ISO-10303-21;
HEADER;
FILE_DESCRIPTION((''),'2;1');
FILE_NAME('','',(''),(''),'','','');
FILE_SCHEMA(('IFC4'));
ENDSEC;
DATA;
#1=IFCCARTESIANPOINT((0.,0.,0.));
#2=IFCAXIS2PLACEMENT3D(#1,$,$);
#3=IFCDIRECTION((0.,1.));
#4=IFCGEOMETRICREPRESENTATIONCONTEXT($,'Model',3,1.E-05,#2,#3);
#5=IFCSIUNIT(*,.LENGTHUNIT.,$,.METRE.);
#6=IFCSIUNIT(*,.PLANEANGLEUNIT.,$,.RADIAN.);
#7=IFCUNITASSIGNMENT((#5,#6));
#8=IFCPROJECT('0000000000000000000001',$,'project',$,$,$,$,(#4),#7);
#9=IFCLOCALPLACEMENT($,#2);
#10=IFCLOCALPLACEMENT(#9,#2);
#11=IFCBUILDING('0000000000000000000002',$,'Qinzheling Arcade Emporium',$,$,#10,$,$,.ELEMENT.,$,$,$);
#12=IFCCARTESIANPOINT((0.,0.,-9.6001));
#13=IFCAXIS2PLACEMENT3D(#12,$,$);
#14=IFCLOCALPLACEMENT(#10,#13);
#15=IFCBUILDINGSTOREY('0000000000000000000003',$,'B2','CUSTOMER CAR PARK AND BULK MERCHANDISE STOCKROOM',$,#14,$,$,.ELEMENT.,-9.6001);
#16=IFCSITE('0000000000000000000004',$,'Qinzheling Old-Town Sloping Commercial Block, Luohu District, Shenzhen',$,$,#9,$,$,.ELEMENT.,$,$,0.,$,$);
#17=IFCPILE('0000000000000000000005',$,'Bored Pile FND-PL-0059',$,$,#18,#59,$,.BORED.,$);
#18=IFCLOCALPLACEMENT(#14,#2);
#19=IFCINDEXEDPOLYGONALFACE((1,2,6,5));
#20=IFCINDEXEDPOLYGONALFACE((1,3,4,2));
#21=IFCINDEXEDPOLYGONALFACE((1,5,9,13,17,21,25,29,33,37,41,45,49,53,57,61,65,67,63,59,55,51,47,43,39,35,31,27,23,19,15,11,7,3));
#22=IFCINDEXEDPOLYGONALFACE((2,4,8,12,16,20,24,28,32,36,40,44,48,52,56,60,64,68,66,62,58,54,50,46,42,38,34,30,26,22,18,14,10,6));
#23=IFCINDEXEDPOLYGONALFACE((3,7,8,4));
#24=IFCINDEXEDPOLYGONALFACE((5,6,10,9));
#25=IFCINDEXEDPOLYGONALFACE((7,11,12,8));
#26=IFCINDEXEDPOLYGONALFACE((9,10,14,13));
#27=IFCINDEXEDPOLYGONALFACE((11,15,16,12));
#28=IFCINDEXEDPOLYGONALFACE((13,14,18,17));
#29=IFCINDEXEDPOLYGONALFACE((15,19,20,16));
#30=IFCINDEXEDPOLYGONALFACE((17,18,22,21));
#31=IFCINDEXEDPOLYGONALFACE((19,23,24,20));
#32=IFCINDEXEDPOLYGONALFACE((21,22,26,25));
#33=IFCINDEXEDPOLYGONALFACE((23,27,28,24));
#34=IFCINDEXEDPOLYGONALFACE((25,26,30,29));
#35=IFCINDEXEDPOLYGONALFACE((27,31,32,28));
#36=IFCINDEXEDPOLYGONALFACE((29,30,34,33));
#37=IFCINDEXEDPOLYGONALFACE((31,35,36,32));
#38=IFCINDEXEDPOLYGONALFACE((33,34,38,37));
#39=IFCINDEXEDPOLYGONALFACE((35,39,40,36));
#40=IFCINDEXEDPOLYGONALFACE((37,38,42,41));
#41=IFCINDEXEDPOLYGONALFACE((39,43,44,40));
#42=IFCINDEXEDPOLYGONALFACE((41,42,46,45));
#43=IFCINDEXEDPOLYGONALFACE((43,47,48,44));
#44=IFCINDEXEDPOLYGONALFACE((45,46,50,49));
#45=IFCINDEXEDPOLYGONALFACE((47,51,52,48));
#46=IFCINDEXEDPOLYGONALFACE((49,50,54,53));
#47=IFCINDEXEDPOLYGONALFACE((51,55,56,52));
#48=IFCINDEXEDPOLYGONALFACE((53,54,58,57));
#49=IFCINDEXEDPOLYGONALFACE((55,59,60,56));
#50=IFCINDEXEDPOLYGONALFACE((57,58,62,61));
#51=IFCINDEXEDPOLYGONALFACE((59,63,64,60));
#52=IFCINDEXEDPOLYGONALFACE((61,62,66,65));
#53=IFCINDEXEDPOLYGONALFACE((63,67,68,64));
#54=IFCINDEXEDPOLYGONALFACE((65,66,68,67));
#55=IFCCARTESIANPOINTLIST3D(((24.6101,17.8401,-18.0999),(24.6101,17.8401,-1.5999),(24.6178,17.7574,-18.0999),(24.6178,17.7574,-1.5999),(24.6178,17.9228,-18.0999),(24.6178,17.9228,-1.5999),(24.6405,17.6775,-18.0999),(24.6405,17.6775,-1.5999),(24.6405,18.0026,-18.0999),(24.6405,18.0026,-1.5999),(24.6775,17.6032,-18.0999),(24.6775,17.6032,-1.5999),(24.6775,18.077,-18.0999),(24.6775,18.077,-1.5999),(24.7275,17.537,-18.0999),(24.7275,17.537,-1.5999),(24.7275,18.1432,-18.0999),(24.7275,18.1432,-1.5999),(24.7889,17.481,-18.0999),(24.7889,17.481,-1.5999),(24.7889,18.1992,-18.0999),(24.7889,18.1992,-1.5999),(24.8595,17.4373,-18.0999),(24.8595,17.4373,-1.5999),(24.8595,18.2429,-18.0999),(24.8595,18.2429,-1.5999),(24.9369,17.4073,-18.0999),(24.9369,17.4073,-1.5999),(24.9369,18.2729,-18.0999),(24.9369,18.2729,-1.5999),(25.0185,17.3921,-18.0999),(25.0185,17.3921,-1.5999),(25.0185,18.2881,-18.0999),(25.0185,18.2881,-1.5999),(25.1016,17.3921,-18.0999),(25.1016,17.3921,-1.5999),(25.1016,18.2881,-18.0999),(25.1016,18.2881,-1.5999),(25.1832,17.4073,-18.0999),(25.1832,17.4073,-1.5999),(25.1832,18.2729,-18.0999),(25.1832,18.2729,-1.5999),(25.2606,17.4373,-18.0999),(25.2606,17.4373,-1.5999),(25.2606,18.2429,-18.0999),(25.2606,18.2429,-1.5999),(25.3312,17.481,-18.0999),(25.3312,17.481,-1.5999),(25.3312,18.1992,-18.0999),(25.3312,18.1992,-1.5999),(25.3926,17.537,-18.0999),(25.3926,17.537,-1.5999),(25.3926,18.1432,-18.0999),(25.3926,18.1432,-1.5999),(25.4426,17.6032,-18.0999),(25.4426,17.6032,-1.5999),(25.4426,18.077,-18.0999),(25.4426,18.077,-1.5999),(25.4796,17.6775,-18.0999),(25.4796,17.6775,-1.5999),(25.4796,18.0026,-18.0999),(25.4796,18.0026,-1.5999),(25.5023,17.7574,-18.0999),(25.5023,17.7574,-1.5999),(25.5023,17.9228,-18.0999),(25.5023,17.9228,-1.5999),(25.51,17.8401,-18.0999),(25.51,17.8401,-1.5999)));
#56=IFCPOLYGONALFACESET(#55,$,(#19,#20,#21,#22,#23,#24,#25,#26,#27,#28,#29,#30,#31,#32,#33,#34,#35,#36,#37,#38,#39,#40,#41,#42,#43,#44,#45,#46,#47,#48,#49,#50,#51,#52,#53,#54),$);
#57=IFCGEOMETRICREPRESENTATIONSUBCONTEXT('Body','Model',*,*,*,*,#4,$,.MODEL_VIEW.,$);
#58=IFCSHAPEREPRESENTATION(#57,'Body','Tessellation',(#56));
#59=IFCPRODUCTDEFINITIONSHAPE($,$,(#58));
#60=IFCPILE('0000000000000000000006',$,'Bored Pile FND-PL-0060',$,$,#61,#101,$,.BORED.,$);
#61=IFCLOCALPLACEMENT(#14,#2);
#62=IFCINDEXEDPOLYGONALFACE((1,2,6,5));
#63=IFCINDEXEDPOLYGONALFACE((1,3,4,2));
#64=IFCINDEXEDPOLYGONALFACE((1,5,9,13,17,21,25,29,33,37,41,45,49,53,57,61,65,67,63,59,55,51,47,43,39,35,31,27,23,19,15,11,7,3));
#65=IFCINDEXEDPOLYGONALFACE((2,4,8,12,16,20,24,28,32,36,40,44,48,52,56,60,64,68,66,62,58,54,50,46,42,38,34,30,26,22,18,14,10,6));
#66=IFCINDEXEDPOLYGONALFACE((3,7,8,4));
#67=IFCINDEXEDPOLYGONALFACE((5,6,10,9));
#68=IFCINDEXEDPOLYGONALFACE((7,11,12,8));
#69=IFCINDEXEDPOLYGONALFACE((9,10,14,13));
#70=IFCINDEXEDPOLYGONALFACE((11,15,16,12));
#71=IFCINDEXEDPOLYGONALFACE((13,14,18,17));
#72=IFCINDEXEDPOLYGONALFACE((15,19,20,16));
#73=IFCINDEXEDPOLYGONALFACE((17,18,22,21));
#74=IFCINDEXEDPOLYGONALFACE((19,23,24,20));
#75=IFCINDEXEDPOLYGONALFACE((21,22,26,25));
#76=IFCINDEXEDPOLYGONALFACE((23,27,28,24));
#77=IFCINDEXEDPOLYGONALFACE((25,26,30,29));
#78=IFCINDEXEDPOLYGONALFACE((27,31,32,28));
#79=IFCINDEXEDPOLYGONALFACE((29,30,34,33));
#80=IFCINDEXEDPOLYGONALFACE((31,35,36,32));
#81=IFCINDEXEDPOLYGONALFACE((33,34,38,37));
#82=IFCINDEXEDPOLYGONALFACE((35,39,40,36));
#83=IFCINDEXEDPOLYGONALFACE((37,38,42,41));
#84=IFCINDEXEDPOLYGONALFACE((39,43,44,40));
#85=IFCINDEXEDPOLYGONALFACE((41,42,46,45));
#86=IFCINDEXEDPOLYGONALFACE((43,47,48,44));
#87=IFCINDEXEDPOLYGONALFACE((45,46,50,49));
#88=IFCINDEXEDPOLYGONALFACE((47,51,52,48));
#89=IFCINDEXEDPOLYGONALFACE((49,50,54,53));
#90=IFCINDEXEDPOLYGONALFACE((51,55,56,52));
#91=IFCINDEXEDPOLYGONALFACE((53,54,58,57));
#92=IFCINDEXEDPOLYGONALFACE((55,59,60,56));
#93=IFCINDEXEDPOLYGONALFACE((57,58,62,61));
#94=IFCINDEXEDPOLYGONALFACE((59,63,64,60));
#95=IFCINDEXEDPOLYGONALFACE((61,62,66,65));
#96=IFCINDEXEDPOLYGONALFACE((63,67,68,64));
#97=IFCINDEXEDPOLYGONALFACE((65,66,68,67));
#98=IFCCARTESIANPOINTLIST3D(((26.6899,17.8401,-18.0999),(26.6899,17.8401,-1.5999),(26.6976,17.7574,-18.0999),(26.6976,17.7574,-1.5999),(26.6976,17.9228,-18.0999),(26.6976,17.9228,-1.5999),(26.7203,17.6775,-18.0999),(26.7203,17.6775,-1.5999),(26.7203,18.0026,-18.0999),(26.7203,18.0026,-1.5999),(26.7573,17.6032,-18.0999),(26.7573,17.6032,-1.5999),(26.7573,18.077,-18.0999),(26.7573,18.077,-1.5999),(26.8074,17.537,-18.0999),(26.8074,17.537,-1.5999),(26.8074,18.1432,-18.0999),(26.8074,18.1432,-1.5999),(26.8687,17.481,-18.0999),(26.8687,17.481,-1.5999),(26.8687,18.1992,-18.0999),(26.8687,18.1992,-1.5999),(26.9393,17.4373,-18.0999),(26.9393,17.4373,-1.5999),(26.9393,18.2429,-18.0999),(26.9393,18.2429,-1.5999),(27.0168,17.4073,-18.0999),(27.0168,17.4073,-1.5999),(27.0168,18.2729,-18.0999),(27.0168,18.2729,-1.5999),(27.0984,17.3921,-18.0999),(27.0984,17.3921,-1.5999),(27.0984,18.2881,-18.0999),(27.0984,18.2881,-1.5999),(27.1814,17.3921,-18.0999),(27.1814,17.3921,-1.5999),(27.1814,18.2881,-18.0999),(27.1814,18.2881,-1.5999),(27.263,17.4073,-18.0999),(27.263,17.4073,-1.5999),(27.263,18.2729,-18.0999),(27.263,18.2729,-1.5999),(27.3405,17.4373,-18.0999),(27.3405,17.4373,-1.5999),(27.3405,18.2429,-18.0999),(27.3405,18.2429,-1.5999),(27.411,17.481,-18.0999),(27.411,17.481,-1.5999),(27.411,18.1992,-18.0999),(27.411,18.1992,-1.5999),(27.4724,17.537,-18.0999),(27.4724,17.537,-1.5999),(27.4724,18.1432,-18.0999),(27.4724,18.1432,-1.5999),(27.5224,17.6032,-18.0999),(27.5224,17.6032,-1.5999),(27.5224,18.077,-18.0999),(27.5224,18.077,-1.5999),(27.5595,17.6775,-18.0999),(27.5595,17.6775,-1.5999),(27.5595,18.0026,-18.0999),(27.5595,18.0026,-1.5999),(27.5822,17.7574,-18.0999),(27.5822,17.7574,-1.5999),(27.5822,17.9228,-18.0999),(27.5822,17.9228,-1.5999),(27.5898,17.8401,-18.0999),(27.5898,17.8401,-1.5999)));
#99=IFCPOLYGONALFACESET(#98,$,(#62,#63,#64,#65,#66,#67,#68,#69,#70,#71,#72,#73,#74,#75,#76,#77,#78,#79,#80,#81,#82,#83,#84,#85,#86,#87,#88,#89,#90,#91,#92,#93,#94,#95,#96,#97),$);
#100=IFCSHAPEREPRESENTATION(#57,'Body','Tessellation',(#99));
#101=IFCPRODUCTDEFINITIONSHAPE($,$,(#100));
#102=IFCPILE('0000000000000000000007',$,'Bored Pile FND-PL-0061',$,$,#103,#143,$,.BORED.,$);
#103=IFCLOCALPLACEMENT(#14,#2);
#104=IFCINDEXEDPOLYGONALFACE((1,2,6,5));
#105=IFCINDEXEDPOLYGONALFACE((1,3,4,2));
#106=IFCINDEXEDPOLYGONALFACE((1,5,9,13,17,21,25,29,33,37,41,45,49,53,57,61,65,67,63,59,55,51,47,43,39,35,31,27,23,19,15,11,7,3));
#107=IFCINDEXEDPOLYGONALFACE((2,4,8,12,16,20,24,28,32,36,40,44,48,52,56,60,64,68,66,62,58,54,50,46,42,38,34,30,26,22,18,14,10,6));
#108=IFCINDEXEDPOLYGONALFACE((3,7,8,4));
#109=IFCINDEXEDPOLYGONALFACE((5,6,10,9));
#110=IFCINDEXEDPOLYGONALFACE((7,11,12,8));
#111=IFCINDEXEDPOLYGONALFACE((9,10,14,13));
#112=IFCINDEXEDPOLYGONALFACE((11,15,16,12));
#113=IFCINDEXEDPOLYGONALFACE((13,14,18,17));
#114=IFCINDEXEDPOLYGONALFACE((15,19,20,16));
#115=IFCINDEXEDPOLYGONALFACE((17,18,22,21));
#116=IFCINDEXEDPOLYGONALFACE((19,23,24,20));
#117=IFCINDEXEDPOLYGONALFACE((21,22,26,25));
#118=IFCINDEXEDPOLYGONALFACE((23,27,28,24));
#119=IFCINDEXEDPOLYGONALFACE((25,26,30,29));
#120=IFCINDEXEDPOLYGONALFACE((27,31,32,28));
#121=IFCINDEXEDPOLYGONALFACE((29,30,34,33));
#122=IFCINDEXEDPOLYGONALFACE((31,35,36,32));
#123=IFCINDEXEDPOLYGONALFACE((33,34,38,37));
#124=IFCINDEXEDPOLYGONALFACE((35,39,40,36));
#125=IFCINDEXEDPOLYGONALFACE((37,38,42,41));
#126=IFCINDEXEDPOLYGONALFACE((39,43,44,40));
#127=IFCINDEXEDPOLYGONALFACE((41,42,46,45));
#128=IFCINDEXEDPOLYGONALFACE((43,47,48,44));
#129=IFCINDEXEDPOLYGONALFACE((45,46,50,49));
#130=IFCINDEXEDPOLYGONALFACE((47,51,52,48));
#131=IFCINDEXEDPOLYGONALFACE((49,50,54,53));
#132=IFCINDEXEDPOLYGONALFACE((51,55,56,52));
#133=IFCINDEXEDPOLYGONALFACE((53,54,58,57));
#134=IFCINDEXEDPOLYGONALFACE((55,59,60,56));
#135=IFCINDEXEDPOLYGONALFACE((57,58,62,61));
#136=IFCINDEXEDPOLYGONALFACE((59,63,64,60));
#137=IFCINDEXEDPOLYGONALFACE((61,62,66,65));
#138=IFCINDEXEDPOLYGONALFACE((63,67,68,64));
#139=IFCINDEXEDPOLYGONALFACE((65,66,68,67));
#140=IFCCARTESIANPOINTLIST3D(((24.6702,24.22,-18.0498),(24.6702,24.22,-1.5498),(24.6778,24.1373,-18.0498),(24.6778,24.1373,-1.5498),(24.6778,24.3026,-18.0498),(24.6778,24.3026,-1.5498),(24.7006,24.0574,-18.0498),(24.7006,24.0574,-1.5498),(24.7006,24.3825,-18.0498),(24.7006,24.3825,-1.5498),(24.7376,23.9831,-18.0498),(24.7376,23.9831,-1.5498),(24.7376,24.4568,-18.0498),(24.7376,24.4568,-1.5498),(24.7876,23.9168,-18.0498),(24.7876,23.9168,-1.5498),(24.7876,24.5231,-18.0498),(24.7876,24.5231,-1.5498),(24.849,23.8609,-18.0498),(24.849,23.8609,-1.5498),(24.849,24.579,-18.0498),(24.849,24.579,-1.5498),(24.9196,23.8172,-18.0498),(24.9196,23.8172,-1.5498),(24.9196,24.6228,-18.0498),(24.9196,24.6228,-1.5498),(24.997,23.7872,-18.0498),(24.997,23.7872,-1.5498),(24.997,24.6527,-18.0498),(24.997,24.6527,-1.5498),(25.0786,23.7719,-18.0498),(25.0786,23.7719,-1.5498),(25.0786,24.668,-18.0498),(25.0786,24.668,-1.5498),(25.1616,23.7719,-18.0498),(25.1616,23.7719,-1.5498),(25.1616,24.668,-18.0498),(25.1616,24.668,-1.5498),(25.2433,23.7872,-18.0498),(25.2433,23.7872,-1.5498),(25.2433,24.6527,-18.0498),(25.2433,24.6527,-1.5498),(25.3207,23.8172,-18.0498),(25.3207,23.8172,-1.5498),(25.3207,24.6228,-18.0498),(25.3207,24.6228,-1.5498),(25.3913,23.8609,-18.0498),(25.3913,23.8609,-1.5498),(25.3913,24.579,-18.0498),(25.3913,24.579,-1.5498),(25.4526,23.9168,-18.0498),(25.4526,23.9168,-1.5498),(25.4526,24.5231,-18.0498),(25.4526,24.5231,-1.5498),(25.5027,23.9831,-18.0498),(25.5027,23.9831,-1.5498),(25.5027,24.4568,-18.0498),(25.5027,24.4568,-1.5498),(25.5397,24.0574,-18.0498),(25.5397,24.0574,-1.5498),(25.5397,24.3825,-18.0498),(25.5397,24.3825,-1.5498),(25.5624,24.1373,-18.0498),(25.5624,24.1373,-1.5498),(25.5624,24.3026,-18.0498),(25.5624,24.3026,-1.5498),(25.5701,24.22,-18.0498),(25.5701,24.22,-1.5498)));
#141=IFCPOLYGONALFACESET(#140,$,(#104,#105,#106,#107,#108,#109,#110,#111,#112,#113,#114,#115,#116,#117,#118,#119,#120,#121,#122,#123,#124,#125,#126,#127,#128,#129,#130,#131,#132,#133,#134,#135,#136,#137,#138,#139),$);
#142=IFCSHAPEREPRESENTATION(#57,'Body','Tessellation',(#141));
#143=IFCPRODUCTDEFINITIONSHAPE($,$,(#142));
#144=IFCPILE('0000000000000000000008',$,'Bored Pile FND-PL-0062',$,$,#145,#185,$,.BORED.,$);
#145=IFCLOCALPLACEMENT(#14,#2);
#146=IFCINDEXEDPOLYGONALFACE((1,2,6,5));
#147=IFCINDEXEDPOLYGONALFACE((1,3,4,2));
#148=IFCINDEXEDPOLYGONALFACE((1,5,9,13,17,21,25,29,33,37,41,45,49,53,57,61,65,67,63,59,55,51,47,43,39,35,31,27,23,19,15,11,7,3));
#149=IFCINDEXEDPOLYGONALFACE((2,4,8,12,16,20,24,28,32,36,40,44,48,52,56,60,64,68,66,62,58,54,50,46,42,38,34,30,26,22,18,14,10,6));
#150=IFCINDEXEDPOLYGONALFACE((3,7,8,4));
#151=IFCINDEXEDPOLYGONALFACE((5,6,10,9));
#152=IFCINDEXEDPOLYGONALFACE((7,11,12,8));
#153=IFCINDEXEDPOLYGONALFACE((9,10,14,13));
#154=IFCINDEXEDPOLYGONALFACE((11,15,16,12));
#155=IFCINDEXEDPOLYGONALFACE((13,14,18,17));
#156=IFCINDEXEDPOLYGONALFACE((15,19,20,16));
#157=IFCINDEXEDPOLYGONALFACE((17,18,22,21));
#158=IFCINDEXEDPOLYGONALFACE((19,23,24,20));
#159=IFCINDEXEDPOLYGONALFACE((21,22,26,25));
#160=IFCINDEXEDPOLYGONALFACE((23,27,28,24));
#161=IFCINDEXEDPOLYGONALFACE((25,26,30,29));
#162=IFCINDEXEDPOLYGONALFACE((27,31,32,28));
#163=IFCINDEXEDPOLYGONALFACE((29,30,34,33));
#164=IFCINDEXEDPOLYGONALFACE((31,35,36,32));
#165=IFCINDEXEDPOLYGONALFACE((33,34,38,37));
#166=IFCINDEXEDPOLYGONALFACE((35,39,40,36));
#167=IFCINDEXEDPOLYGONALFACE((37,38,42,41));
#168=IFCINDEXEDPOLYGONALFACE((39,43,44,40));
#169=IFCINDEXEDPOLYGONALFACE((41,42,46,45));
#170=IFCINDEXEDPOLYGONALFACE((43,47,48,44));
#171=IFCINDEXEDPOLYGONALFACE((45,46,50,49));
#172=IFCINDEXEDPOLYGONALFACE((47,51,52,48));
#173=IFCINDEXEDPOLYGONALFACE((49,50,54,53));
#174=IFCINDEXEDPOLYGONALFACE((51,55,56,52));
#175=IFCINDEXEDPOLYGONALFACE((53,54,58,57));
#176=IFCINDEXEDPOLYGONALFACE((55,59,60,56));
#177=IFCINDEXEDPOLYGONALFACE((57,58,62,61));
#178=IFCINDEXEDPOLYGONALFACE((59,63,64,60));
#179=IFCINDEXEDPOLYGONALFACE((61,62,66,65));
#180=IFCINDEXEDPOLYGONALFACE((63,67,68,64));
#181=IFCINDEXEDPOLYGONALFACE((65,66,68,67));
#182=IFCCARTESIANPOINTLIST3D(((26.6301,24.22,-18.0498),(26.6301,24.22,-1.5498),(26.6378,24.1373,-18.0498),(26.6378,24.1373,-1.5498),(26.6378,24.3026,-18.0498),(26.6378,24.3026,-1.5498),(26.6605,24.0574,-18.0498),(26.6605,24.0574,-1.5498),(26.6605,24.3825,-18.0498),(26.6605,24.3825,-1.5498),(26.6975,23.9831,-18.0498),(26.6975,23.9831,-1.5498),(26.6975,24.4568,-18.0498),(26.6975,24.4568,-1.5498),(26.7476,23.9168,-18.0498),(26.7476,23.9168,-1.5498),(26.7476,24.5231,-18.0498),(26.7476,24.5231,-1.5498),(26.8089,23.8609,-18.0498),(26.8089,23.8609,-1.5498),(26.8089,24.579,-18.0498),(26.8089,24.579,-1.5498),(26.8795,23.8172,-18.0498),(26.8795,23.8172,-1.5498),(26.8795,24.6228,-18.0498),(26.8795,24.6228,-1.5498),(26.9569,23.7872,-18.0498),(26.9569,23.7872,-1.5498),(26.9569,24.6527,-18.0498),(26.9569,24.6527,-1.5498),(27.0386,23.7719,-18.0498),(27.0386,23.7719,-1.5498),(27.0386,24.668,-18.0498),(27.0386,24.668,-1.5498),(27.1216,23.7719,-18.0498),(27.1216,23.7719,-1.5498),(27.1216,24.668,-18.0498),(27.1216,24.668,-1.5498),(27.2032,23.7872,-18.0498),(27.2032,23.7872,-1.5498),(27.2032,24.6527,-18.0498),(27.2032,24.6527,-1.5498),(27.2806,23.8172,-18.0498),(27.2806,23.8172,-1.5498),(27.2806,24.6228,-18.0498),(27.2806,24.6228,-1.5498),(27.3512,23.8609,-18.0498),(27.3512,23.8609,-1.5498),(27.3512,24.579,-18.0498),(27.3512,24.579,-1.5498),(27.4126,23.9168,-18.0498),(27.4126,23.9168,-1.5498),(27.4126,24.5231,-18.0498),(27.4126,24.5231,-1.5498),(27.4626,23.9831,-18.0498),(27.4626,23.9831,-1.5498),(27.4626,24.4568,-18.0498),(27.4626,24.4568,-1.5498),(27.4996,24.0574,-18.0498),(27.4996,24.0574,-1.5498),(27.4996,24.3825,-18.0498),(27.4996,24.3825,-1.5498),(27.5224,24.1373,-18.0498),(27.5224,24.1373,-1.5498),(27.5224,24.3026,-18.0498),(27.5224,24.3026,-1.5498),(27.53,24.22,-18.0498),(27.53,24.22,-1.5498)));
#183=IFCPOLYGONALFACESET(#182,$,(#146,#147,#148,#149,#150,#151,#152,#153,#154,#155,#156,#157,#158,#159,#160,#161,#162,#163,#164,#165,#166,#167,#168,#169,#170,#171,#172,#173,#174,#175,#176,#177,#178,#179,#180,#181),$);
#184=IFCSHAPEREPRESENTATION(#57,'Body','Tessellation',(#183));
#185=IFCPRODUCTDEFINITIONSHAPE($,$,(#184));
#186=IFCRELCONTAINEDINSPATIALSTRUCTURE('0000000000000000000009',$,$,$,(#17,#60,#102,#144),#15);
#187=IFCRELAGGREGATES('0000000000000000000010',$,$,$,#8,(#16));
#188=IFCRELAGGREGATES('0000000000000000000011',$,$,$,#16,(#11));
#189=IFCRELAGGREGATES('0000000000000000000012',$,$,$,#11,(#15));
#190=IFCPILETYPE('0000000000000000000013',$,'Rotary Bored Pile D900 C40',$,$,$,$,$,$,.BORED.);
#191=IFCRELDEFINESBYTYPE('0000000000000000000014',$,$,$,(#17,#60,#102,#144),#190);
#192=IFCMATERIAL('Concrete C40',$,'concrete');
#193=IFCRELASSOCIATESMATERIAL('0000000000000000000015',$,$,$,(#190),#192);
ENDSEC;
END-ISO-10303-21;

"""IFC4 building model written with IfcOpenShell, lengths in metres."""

from ifc_helpers import new_model, si_unit, direction, frame, origin, origin_2d, place, context, subcontext, project, spatial, circle, extrude, material, material_profile, profile_set, type_object, element, save


model = new_model("IFC4")

# Units and contexts
model_context = context("Model", 3, precision=1e-05, world=origin(), true_north=direction((0.0, 1.0)))
body_context = subcontext(model_context, "Body", "Model", "MODEL_VIEW")
ifc_project = project(units=[si_unit("LENGTHUNIT", "METRE"), si_unit("PLANEANGLEUNIT", "RADIAN")], contexts=[model_context])

# Site, building, storey
site_placement = place(None, origin())
site = spatial("IfcSite", under=ifc_project, at=site_placement, Name="Qinzheling Old-Town Sloping Commercial Block, Luohu District, Shenzhen", CompositionType="ELEMENT", RefElevation=0.0)
building_placement = place(site_placement, origin())
building = spatial("IfcBuilding", under=site, at=building_placement, Name="Qinzheling Arcade Emporium", CompositionType="ELEMENT")
storey_placement = place(building_placement, frame((0.0, 0.0, -9.6001)))
storey = spatial("IfcBuildingStorey", under=building, at=storey_placement, Name="B2", Description="CUSTOMER CAR PARK AND BULK MERCHANDISE STOCKROOM", CompositionType="ELEMENT", Elevation=-9.6001)

# Shared definitions
ifc_material_1 = material(Name="Concrete C40", Category="concrete")

# Piles
ifc_material_profile_1 = material_profile(ifc_material_1, circle(Radius=0.45, at=origin_2d()), Name="BORED D900", Category="concrete")
ifc_profile_set_1 = profile_set([ifc_material_profile_1], Name="Concrete C40")
pile_type_1 = type_object("IfcPileType", Name="Rotary Bored Pile D900 C40", PredefinedType="BORED", material=ifc_profile_set_1)
for number, where, z_axis, x_axis, name in (
    (1, (25.0601, 17.8401, -1.5999), (0.0, 0.0, -1.0), (1.0, 0.0, 0.0), "Bored Pile FND-PL-0059"),
    (2, (27.1399, 17.8401, -1.5999), (0.0, 0.0, -1.0), (1.0, 0.0, 0.0), "Bored Pile FND-PL-0060"),
    (3, (25.1201, 24.22, -1.5498), (0.0, 0.0, -1.0), (1.0, 0.0, 0.0), "Bored Pile FND-PL-0061"),
    (4, (27.0801, 24.22, -1.5498), (0.0, 0.0, -1.0), (1.0, 0.0, 0.0), "Bored Pile FND-PL-0062"),
):
    element("IfcPile", number, at=place(storey_placement, frame(where, z_axis=z_axis, x_axis=x_axis)), inside=storey, type_object=pile_type_1, Name=name, PredefinedType="BORED", context=body_context, shape_type="SweptSolid", body=[
        extrude(circle(Radius=0.45, at=origin_2d()), origin(), (0.0, 0.0, 1.0), 16.5),
    ])

save(model, "model.ifc")
